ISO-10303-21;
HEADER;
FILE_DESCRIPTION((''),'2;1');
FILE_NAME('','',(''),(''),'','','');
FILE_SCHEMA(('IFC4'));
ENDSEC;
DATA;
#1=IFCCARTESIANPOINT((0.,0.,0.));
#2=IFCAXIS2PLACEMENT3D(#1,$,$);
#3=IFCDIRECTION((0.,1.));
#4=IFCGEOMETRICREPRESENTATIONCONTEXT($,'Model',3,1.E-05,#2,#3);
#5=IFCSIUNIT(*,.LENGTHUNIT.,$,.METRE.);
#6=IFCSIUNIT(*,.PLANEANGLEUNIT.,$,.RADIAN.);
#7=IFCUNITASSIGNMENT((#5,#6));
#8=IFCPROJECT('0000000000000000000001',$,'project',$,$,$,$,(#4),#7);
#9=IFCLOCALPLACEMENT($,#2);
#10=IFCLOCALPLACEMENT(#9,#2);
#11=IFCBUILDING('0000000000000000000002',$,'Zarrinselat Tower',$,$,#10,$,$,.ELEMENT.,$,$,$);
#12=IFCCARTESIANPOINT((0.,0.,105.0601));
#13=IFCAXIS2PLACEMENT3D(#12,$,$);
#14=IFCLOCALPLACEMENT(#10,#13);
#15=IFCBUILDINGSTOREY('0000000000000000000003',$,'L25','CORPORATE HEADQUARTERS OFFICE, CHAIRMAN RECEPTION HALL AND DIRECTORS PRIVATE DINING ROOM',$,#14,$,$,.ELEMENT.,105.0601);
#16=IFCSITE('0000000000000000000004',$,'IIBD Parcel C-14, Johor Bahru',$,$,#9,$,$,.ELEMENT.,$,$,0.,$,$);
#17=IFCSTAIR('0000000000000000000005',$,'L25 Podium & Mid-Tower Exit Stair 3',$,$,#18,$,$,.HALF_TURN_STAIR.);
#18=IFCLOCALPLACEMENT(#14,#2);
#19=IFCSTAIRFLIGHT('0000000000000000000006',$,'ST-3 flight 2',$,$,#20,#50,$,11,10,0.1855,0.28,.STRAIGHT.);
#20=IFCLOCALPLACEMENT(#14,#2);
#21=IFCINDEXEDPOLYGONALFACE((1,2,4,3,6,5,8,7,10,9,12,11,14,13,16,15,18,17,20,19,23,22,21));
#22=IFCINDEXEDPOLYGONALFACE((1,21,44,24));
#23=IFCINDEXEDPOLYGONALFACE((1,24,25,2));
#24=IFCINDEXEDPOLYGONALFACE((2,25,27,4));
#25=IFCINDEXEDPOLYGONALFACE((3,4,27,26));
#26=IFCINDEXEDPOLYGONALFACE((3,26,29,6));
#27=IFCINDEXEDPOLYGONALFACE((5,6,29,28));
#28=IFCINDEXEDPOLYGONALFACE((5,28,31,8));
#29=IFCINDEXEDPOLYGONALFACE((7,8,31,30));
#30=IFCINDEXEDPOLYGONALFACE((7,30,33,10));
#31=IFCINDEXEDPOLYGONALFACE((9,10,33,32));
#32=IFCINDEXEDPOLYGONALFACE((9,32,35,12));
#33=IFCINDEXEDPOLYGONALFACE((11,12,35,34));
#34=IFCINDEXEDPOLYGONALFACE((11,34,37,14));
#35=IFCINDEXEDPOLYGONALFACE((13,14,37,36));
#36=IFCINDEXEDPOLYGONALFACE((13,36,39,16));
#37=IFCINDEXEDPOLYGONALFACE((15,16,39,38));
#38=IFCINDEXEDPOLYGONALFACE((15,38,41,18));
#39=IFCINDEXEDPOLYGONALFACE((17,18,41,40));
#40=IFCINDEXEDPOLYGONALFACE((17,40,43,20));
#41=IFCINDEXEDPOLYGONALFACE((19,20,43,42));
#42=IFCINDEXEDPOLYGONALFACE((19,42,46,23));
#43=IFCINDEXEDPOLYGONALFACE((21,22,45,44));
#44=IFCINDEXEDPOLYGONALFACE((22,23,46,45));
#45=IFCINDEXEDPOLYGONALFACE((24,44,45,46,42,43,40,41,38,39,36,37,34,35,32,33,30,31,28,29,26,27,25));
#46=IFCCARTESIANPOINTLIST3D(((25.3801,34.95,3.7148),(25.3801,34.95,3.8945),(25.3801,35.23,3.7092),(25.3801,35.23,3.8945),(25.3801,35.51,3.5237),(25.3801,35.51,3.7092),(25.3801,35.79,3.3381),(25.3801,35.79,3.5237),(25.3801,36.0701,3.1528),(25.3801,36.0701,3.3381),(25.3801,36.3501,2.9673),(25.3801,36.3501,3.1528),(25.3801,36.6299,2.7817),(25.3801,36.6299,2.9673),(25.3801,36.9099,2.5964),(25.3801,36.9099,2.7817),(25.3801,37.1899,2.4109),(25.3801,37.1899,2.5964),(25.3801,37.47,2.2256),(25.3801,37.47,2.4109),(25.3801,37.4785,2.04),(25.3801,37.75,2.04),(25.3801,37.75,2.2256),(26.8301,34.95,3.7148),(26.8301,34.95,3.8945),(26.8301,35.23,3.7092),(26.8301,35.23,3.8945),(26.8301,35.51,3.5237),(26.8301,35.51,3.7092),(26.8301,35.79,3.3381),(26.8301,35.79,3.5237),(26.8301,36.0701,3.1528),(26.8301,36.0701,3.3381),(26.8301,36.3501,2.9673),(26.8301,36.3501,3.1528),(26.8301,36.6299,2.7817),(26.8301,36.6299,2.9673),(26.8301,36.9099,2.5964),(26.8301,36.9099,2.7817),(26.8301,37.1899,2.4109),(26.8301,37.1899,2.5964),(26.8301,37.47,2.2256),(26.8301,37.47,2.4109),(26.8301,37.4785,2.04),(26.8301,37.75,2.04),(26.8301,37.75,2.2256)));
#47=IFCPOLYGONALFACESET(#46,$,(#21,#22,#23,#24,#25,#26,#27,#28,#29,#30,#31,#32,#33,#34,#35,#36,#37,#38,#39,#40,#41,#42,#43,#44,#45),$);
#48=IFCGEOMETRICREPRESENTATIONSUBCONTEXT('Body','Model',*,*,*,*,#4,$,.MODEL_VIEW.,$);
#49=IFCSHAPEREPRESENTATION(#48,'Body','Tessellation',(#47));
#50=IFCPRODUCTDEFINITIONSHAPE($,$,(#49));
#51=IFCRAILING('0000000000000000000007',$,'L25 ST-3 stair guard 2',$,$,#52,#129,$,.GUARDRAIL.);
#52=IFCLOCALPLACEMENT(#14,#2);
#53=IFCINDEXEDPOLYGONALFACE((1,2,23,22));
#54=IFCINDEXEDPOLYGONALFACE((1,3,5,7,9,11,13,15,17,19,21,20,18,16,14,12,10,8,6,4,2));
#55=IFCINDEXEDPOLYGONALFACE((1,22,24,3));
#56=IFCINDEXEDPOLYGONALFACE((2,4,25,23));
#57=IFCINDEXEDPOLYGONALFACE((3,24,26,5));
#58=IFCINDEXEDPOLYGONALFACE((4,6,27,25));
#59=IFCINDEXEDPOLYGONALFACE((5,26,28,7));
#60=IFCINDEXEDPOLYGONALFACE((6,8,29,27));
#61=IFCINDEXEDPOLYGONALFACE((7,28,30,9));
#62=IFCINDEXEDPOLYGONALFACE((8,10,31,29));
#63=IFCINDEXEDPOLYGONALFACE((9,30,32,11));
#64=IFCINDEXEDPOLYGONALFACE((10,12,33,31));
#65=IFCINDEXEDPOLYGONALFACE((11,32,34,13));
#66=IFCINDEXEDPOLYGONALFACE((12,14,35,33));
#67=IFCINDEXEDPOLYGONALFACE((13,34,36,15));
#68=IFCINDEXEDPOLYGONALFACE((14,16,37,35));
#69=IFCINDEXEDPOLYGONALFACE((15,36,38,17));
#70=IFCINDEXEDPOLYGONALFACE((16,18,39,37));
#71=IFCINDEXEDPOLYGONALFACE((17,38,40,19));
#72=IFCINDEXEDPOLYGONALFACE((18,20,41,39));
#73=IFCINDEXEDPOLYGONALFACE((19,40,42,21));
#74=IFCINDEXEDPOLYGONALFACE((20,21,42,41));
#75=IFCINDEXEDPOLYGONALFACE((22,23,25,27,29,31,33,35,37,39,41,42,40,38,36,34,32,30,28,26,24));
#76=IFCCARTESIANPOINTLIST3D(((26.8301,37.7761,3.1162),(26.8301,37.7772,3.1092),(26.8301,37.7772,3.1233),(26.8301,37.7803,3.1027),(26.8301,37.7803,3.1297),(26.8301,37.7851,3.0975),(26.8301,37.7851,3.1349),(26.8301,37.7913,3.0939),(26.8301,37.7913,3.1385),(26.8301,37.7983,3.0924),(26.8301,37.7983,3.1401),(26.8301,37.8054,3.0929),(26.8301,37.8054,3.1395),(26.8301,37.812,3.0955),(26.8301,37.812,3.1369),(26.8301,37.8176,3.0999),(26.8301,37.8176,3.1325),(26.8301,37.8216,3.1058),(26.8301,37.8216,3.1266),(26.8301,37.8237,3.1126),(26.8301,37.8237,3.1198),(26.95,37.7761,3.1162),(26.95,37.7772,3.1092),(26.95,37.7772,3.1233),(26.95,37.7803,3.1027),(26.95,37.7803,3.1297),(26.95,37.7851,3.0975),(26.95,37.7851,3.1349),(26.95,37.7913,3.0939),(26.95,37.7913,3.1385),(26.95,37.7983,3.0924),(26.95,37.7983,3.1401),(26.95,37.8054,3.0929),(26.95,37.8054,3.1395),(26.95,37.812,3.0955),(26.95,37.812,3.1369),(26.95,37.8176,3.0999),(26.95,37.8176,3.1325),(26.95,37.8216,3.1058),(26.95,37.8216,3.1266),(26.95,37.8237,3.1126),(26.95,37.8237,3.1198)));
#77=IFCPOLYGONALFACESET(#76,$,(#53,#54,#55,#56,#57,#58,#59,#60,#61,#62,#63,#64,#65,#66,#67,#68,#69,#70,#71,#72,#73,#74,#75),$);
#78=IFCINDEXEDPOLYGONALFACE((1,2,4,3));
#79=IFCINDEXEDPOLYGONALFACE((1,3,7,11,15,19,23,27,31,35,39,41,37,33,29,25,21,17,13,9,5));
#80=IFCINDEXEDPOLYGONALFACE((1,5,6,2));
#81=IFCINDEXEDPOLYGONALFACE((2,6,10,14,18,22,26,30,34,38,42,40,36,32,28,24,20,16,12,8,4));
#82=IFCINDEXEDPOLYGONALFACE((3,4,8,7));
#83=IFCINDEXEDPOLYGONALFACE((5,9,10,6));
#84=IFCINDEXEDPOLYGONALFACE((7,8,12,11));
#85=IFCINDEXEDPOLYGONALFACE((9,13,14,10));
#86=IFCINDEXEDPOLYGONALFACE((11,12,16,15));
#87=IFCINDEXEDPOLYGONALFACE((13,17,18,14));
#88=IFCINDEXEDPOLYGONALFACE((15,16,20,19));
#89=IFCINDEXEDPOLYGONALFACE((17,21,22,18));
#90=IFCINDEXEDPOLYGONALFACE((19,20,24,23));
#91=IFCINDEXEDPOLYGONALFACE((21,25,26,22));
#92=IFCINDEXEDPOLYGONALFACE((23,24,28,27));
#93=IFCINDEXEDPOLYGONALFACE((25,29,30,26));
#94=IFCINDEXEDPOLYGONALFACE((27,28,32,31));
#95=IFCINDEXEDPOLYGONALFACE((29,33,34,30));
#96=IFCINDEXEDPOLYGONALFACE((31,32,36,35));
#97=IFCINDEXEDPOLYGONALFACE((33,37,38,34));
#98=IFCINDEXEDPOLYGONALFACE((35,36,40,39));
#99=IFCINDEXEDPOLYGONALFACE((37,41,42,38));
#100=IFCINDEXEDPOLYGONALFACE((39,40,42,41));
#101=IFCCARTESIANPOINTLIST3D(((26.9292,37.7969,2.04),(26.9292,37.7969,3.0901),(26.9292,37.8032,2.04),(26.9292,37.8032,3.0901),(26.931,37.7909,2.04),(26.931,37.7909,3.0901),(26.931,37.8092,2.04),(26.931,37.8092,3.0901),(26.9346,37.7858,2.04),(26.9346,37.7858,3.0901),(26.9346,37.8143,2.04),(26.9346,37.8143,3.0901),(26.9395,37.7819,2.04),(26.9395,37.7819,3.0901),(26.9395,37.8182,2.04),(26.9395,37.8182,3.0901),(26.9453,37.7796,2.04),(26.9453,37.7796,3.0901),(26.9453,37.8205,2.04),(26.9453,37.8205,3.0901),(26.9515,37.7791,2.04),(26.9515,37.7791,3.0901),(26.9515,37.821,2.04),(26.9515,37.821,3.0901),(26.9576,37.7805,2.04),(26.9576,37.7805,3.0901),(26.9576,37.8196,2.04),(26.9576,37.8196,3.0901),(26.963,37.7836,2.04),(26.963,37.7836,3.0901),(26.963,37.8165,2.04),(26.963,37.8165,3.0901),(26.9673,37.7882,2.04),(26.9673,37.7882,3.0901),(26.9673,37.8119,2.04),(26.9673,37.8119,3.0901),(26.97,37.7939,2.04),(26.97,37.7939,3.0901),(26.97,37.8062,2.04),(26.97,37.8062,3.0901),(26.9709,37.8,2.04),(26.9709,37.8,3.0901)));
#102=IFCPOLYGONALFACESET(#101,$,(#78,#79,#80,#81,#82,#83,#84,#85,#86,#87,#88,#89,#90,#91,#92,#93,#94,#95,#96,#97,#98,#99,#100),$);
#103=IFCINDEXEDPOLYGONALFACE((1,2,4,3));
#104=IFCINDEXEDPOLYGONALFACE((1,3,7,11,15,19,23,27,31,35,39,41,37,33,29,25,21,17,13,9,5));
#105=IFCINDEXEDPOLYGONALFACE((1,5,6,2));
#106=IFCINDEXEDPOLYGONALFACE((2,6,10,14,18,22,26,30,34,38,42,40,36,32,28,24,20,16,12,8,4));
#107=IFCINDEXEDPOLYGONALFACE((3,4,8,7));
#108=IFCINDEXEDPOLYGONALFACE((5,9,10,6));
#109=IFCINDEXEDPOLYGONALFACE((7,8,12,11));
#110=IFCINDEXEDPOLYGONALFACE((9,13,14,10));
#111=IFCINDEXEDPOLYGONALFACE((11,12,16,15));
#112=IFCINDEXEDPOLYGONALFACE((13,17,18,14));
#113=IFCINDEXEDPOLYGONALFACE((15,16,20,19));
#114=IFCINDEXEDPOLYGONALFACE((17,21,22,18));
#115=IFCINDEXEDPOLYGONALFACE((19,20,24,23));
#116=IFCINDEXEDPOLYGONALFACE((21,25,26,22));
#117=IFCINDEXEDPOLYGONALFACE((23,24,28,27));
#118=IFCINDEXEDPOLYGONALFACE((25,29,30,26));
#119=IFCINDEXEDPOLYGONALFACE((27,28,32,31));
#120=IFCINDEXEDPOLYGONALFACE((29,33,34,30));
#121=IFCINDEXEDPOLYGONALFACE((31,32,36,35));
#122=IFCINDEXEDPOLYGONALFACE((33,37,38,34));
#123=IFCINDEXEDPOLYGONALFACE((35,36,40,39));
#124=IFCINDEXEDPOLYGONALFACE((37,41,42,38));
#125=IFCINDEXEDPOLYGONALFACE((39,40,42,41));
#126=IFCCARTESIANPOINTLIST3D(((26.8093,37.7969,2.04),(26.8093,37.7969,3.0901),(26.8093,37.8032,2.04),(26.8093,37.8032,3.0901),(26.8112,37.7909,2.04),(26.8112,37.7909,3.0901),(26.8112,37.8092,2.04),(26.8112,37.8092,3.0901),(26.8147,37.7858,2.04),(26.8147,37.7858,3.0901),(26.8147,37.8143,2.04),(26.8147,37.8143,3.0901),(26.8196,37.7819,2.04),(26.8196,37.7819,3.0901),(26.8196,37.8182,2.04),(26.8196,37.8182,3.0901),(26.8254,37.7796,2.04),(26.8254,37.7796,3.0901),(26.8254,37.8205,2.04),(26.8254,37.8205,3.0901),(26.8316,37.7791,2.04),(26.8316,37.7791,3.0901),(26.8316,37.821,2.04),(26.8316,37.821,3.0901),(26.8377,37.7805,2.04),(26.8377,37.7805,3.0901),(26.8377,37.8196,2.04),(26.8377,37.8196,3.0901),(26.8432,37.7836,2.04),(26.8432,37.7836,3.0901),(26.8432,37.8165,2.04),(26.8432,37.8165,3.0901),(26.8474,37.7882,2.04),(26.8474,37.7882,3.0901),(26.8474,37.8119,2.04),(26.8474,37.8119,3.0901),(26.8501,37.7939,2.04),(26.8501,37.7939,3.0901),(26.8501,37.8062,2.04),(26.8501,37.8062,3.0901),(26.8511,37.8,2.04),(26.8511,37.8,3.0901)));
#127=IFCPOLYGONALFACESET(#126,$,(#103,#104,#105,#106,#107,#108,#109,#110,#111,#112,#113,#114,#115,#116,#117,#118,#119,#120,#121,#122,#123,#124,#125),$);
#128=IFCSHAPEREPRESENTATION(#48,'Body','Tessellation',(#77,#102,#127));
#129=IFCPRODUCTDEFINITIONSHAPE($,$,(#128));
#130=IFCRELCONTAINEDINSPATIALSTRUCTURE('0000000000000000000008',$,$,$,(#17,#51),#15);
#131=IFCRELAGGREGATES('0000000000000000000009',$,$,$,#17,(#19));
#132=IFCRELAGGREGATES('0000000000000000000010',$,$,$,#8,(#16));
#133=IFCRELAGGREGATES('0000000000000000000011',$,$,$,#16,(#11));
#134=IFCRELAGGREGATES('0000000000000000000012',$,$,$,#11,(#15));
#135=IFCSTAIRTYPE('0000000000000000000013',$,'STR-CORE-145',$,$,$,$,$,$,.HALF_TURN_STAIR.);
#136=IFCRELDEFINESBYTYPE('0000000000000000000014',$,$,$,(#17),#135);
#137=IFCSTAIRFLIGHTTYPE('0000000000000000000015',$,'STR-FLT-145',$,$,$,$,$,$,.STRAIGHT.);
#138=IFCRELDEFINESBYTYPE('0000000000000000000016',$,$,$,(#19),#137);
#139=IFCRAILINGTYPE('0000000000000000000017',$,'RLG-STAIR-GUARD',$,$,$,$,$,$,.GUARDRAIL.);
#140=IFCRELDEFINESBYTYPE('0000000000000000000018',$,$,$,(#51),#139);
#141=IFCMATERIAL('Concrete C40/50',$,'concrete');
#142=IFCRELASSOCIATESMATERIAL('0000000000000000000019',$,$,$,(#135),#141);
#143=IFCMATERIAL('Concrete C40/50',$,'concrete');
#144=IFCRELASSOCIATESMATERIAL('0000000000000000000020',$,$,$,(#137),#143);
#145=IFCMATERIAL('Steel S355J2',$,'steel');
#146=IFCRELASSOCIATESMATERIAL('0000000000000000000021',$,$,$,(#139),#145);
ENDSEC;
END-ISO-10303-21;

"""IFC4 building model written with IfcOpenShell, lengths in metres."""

from ifc_helpers import new_model, si_unit, direction, frame, origin, origin_2d, place, context, subcontext, project, spatial, polyline, circle, outline, extrude, material, type_object, element, aggregate, save


model = new_model("IFC4")

# Units and contexts
model_context = context("Model", 3, precision=1e-05, world=origin(), true_north=direction((0.0, 1.0)))
body_context = subcontext(model_context, "Body", "Model", "MODEL_VIEW")
ifc_project = project(units=[si_unit("LENGTHUNIT", "METRE"), si_unit("PLANEANGLEUNIT", "RADIAN")], contexts=[model_context])

# Site, building, storey
site_placement = place(None, origin())
site = spatial("IfcSite", under=ifc_project, at=site_placement, Name="IIBD Parcel C-14, Johor Bahru", CompositionType="ELEMENT", RefElevation=0.0)
building_placement = place(site_placement, origin())
building = spatial("IfcBuilding", under=site, at=building_placement, Name="Zarrinselat Tower", CompositionType="ELEMENT")
storey_placement = place(building_placement, frame((0.0, 0.0, 105.0601)))
storey = spatial("IfcBuildingStorey", under=building, at=storey_placement, Name="L25", Description="CORPORATE HEADQUARTERS OFFICE, CHAIRMAN RECEPTION HALL AND DIRECTORS PRIVATE DINING ROOM", CompositionType="ELEMENT", Elevation=105.0601)

# Stair, stair flight
ifc_material_1 = material(Name="Concrete C40/50", Category="concrete")
stair_type = type_object("IfcStairType", Name="STR-CORE-145", PredefinedType="HALF_TURN_STAIR", material=ifc_material_1)
stair_placement = place(storey_placement, origin())
stair = element("IfcStair", 1, at=stair_placement, inside=storey, type_object=stair_type, Name="L25 Podium & Mid-Tower Exit Stair 3", PredefinedType="HALF_TURN_STAIR")
ifc_material_2 = material(Name="Concrete C40/50", Category="concrete")
stair_flight_type = type_object("IfcStairFlightType", Name="STR-FLT-145", PredefinedType="STRAIGHT", material=ifc_material_2)
stair_flight_placement = place(storey_placement, frame((26.105, 37.75, 2.04), z_axis=(0.0, 0.0, 1.0), x_axis=(0.0, -1.0, 0.0)))
stair_flight = element("IfcStairFlight", 2, at=stair_flight_placement, type_object=stair_flight_type, Name="ST-3 flight 2", NumberOfRisers=11, NumberOfTreads=10, PredefinedType="STRAIGHT", RiserHeight=0.1855, TreadLength=0.28, context=body_context, shape_type="SweptSolid", body=[
    extrude(outline(polyline([(0.0, 0.0), (0.0, 0.1855), (0.28, 0.1855), (0.28, 0.3708), (0.5601, 0.3708), (0.5601, 0.5564), (0.8401, 0.5564), (0.8401, 0.7417), (1.1201, 0.7417), (1.1201, 0.9272), (1.3999, 0.9272), (1.3999, 1.1128), (1.6799, 1.1128), (1.6799, 1.2981), (1.96, 1.2981), (1.96, 1.4836), (2.24, 1.4836), (2.24, 1.6692), (2.52, 1.6692), (2.52, 1.8545), (2.8, 1.8545), (2.8, 2.04), (2.8, 1.6748), (0.2715, 0.0), (0.0, 0.0)])), frame((0.0, 0.7251, 0.0), z_axis=(0.0, -1.0, 0.0), x_axis=(1.0, 0.0, 0.0)), (0.0, 0.0, 1.0), 1.45),
])
aggregate(stair, [stair_flight])

# Railing
ifc_material_3 = material(Name="Steel S355J2", Category="steel")
railing_type_1 = type_object("IfcRailingType", Name="RLG-STAIR-GUARD", PredefinedType="GUARDRAIL", material=ifc_material_3)
railing_1_placement = place(storey_placement, frame((26.95, 37.8, 2.04)))
element("IfcRailing", 3, at=railing_1_placement, inside=storey, type_object=railing_type_1, Name="L25 ST-3 stair guard 2", PredefinedType="GUARDRAIL", context=body_context, shape_type="SweptSolid", body=[
    extrude(circle(Radius=0.0239, at=origin_2d()), frame((0.0, 0.0, 1.0762), z_axis=(-1.0, 0.0, 0.0), x_axis=(0.0, -1.0, 0.0)), (0.0, 0.0, 1.0), 0.1199),
    extrude(circle(Radius=0.021, at=origin_2d()), origin(), (0.0, 0.0, 1.0), 1.05),
    extrude(circle(Radius=0.021, at=origin_2d()), frame((-0.1199, 0.0, 0.0)), (0.0, 0.0, 1.0), 1.05),
])

save(model, "model.ifc")
